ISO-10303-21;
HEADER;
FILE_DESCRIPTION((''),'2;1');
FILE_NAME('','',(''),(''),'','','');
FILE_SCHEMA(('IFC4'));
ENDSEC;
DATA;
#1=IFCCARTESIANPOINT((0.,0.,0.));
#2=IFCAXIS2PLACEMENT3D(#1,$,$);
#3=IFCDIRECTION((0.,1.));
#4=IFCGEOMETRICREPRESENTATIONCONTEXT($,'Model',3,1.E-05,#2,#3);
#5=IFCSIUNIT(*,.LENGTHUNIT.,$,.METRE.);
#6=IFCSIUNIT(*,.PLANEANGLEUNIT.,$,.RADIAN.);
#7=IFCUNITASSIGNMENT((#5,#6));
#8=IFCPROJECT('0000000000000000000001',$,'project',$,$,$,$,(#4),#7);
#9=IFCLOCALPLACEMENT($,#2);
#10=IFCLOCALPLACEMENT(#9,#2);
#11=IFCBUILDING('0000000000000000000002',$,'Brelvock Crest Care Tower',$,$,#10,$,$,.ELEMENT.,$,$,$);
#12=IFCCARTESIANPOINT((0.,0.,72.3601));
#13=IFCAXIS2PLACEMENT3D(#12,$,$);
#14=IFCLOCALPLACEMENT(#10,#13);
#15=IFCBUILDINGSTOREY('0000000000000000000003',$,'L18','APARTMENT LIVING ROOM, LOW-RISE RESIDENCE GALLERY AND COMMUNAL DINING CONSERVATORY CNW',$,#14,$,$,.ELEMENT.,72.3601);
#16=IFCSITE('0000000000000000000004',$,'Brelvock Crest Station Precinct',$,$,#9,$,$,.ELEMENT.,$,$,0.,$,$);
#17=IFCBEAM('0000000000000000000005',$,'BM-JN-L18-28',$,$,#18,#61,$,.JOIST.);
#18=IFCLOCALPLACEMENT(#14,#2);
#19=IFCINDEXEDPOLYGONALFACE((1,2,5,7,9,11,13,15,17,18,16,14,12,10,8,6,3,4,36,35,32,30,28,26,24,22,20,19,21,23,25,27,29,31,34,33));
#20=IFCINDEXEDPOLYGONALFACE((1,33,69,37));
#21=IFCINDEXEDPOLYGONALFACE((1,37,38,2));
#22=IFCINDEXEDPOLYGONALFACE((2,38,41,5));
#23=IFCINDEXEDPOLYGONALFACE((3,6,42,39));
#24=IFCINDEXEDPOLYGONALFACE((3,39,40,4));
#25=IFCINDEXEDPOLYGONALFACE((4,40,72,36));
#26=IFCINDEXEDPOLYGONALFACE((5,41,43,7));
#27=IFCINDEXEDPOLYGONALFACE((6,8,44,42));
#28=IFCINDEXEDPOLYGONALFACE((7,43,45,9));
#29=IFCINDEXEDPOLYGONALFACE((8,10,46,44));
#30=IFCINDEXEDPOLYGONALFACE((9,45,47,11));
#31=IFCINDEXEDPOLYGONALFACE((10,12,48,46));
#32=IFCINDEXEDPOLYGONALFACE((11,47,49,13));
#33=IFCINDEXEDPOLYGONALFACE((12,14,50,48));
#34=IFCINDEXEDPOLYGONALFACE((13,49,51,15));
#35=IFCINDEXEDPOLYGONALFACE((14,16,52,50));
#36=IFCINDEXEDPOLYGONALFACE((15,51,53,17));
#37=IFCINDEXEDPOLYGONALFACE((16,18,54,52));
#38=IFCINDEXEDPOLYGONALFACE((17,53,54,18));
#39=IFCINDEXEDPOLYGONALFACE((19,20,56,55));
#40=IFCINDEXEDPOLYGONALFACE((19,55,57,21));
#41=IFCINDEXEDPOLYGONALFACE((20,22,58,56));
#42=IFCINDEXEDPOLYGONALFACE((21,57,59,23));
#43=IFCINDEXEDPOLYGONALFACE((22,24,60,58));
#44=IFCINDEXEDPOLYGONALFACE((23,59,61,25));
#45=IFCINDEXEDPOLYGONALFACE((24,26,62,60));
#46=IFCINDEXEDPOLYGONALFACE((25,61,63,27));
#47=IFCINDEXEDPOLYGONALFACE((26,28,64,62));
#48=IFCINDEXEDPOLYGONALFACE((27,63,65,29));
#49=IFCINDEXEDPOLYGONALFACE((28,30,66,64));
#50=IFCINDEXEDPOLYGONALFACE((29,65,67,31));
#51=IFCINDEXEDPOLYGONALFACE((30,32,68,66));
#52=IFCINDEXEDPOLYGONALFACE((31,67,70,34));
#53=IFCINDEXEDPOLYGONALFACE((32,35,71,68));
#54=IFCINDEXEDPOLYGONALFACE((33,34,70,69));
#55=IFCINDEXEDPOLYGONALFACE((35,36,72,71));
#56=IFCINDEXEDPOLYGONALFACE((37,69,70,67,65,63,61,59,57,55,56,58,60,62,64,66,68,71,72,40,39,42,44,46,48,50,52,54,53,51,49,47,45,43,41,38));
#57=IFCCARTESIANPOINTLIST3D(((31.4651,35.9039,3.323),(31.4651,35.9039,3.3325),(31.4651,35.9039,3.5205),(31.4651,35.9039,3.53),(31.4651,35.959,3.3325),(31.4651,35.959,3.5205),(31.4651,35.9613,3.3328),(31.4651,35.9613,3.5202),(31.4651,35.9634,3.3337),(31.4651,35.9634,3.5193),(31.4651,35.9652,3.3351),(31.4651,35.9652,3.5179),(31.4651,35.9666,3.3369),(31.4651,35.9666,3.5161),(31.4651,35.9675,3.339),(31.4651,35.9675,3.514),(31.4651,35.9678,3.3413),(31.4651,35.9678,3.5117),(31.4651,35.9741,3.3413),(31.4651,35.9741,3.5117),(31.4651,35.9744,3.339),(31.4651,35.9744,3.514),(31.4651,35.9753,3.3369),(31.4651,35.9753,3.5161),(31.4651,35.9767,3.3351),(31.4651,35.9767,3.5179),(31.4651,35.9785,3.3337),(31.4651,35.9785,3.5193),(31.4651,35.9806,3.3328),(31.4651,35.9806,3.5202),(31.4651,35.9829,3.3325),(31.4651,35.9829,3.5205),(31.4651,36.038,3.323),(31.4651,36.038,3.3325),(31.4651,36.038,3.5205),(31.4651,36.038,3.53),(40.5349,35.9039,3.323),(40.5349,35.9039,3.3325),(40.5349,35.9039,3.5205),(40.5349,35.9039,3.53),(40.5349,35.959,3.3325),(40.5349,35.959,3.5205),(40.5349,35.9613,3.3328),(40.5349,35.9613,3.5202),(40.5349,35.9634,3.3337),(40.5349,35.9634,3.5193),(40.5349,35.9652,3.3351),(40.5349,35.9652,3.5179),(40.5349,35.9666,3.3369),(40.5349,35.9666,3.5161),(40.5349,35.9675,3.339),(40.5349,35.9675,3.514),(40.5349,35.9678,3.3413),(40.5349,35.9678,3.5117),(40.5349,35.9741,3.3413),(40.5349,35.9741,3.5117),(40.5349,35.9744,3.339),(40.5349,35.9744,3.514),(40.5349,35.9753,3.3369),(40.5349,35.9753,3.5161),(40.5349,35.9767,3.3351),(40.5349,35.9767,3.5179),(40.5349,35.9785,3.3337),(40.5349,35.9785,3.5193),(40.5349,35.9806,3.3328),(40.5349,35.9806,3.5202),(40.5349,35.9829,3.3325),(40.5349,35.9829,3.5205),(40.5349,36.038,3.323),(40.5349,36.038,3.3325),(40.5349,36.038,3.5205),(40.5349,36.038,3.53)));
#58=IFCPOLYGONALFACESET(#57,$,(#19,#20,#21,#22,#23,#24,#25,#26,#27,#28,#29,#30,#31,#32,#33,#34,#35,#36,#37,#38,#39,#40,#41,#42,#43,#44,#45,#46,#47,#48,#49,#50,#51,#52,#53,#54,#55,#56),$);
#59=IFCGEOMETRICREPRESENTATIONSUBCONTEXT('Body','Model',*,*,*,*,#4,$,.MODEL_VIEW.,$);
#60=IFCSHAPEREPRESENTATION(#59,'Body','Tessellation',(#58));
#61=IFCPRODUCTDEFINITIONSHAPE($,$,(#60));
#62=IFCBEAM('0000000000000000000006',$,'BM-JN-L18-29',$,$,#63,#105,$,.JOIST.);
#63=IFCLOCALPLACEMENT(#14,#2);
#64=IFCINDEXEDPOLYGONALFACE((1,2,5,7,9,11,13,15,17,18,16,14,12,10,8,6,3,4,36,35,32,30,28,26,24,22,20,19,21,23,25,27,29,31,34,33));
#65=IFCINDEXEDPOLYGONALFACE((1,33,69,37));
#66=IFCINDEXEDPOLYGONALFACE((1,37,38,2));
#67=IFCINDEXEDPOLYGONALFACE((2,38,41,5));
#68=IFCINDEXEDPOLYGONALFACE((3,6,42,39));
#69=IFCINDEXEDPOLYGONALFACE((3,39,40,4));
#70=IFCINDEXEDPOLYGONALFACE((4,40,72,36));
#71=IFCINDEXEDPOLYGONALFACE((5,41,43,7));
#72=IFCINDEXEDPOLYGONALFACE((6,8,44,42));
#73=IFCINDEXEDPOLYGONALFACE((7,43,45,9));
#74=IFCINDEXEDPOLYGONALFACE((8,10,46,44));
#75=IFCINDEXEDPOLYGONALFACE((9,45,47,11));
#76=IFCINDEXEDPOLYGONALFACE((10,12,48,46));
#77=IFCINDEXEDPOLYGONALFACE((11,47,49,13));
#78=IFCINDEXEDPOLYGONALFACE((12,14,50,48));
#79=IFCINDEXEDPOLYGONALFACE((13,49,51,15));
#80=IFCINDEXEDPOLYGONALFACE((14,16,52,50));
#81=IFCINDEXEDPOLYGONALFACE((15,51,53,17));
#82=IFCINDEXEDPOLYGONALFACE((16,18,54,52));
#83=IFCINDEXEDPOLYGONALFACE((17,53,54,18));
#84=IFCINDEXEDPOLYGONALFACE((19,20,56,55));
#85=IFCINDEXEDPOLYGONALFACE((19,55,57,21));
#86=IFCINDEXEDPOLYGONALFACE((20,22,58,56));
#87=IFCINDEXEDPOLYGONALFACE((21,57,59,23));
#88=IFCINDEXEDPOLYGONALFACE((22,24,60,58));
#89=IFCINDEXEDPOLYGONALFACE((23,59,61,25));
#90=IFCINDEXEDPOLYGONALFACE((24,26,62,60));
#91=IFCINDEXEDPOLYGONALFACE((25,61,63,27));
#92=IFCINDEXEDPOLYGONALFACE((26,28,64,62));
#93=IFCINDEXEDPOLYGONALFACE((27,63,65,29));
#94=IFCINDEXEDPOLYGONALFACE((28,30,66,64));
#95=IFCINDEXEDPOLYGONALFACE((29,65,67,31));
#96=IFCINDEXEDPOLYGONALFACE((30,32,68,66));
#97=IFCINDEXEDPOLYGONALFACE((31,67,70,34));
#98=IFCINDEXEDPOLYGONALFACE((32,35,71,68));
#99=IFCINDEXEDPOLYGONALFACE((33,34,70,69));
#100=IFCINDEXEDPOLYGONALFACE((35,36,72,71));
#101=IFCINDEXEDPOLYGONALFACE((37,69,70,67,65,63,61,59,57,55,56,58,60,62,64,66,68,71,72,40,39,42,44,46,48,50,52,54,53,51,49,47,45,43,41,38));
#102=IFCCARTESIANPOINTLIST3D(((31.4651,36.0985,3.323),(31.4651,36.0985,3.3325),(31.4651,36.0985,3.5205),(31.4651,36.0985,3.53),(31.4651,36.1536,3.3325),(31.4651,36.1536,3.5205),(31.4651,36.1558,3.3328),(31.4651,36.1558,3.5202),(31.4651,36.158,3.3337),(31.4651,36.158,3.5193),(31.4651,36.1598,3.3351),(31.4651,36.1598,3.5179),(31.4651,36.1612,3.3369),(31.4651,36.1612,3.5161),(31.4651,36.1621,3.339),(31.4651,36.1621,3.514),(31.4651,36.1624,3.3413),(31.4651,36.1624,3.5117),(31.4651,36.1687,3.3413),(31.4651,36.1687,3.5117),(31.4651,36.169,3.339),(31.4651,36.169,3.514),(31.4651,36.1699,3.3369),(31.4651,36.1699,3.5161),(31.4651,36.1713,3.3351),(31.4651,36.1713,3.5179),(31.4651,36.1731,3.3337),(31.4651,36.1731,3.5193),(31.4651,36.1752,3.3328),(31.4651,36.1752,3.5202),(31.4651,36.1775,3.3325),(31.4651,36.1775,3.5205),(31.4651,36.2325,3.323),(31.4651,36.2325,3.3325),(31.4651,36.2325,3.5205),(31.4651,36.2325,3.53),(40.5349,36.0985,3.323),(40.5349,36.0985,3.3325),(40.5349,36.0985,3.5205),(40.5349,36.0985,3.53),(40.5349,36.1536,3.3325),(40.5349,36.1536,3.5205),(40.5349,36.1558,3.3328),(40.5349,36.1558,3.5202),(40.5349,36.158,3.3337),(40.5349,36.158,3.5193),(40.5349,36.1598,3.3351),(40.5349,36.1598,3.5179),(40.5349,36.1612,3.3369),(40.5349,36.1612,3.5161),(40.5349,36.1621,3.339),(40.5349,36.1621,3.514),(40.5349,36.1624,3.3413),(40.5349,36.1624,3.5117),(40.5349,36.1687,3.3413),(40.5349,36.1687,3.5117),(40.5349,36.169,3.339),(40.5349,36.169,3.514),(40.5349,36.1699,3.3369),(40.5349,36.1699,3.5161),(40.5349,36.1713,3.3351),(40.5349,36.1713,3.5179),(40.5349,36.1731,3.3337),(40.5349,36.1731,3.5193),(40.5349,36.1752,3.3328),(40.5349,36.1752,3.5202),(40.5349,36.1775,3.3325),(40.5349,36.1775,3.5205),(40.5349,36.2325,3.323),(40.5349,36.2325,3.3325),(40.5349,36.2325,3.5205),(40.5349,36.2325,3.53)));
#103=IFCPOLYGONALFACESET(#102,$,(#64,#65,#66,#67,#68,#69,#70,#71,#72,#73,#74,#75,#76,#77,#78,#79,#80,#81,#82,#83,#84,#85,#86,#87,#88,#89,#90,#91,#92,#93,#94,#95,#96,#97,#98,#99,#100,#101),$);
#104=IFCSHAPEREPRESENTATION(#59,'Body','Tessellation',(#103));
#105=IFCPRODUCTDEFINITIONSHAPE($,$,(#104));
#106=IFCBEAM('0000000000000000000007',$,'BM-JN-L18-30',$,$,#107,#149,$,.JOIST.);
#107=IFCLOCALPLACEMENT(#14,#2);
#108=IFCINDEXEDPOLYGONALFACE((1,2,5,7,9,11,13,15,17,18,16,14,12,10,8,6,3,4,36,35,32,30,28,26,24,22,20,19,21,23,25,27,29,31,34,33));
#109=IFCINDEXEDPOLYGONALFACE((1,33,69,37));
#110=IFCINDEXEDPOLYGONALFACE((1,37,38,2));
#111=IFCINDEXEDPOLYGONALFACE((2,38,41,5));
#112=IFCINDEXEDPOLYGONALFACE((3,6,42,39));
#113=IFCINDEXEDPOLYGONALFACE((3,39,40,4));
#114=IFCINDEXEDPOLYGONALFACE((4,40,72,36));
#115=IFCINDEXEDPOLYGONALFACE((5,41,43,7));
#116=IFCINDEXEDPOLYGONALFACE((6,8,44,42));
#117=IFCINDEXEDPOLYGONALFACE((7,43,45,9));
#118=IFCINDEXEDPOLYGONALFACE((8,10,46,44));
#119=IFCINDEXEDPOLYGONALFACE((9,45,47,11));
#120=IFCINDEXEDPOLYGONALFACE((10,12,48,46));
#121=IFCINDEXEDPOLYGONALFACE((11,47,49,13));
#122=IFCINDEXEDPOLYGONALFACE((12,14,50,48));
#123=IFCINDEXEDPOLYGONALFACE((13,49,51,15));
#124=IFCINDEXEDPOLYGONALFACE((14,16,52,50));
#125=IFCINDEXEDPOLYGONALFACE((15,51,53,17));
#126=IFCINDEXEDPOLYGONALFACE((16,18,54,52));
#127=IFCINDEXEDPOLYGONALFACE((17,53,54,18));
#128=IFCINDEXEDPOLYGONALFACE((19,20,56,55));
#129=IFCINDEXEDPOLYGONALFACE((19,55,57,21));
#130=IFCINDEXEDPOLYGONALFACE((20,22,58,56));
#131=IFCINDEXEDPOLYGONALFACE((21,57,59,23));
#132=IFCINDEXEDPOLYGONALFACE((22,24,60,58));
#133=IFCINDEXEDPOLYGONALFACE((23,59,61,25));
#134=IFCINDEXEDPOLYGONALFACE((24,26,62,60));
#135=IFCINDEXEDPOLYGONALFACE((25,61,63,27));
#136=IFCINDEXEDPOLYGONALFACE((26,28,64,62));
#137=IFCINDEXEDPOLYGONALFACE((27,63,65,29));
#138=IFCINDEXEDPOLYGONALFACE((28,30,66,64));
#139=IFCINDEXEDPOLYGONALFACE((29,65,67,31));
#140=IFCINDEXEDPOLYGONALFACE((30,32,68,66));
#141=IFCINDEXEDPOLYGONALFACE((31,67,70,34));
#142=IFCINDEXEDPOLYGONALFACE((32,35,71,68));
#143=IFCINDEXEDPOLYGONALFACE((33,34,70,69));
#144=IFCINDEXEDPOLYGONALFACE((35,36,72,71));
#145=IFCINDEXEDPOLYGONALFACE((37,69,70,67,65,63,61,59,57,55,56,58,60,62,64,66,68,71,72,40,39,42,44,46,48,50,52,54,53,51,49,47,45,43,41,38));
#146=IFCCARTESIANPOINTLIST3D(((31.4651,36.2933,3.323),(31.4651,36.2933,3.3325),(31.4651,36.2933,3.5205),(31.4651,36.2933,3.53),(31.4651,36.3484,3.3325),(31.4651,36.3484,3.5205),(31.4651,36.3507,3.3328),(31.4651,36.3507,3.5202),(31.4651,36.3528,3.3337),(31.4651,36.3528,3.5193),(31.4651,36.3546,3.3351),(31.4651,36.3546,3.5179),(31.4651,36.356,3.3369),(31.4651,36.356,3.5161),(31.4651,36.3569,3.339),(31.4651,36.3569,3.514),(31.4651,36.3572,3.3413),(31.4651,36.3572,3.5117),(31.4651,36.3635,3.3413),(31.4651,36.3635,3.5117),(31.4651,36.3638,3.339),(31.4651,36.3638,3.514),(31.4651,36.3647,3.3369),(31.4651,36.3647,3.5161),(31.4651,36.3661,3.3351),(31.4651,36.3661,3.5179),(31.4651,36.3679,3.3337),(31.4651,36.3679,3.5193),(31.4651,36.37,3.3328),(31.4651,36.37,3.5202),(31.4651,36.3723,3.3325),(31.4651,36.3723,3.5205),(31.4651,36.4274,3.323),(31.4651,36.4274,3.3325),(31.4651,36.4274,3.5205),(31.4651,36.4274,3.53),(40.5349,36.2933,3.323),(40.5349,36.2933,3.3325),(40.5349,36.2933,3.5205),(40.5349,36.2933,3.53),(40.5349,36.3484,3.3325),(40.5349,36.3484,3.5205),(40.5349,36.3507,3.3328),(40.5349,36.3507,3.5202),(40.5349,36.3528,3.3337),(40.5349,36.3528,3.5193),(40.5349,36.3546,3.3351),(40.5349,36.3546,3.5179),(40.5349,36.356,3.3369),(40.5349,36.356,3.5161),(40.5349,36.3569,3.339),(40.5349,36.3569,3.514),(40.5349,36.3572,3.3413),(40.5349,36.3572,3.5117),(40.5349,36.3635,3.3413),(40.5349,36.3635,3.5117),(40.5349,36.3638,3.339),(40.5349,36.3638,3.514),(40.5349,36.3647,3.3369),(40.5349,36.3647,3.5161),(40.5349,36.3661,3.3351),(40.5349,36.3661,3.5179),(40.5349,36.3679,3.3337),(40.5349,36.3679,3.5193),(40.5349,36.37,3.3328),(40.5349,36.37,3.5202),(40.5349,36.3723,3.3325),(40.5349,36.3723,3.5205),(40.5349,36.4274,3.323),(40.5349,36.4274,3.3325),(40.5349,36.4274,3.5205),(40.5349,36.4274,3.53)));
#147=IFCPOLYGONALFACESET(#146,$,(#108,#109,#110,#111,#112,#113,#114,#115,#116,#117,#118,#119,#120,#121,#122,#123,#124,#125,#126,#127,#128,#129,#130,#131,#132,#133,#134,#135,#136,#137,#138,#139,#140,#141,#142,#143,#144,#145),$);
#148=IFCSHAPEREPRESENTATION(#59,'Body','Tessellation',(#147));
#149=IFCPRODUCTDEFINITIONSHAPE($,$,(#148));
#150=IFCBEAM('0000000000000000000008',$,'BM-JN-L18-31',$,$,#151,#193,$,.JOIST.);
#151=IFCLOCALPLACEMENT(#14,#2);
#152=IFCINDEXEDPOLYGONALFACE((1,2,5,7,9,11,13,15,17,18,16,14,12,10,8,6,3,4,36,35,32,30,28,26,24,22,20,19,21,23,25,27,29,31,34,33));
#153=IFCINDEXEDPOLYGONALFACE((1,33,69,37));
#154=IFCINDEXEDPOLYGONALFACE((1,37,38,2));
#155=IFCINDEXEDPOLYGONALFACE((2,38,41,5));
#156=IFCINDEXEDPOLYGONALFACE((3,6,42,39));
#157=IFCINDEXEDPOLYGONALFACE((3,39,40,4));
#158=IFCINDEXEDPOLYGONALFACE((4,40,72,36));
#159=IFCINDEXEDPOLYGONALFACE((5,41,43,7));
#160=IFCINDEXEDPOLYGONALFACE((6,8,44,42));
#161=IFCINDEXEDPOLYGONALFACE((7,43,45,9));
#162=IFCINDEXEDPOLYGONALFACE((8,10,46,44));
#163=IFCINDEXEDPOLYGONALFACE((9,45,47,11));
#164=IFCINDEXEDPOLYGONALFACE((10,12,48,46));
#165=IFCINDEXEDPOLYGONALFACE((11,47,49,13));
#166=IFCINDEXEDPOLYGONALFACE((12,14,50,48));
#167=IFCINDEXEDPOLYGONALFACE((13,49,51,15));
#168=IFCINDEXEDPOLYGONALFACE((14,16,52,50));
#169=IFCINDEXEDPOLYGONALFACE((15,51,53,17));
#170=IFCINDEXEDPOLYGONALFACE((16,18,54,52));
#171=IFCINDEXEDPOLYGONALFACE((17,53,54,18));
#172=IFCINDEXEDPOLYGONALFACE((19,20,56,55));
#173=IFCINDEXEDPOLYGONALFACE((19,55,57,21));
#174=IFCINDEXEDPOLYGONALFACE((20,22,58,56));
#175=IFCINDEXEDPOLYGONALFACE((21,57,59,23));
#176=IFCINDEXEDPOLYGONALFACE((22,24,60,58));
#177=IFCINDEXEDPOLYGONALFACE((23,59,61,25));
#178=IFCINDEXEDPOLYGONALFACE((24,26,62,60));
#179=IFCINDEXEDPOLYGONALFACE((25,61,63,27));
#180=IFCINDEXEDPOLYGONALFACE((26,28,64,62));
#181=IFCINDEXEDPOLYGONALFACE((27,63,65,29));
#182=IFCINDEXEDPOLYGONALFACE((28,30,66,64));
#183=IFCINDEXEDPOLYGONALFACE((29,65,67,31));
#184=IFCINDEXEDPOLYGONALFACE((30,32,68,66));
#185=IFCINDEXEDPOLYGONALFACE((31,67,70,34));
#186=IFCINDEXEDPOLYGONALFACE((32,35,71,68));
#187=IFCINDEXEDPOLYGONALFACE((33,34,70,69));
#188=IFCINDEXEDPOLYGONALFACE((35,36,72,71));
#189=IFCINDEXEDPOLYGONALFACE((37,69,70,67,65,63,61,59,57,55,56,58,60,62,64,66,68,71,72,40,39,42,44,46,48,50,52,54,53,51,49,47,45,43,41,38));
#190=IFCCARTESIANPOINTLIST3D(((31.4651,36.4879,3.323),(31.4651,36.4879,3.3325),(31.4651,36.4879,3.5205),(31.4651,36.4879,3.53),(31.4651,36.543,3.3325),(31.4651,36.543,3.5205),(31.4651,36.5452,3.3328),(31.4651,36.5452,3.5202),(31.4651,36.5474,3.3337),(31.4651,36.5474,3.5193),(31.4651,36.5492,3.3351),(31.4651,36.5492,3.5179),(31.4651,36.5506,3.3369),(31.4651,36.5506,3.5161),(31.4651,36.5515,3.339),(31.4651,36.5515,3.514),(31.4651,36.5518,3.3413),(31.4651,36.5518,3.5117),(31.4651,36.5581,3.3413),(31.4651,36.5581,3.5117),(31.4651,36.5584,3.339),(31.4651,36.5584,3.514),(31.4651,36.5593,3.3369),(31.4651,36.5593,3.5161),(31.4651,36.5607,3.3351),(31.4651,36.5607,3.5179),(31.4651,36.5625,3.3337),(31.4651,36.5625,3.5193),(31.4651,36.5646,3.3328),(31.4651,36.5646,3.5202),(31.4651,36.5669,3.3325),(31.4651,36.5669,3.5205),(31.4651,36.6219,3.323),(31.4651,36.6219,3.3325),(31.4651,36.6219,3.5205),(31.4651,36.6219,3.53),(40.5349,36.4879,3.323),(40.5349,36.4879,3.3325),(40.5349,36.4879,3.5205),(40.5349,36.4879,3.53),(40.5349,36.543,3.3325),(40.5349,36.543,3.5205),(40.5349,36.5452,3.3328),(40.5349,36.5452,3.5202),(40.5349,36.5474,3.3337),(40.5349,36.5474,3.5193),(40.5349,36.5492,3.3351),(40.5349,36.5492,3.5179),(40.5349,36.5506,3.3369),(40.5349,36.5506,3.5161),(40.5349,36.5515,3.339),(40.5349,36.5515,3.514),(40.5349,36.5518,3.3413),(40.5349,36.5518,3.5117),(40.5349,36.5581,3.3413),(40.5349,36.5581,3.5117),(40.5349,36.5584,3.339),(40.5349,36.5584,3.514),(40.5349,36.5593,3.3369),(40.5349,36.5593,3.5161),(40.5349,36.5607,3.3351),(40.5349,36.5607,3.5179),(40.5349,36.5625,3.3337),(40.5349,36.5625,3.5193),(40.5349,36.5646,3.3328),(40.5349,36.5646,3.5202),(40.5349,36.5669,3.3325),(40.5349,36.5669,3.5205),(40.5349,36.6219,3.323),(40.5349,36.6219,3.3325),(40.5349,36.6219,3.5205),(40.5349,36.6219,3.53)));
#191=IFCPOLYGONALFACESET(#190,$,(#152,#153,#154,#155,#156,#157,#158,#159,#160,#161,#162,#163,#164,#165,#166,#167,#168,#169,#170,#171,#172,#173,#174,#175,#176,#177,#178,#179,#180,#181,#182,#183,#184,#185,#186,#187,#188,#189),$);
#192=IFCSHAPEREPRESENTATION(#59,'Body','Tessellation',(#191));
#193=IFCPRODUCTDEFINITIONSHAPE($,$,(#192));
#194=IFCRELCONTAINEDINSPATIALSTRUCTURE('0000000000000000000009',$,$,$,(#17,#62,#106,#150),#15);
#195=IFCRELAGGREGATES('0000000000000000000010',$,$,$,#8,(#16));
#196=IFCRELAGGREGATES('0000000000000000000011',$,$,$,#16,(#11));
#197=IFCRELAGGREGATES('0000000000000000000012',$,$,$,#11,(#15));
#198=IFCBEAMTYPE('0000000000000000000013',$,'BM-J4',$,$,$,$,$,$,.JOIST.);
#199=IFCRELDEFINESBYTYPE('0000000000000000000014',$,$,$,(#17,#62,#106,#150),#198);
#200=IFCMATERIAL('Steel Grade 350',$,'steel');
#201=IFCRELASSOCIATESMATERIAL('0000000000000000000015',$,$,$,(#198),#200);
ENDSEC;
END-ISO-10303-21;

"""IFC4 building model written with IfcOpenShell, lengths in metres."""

from ifc_helpers import new_model, si_unit, direction, frame, origin, origin_2d, place, context, subcontext, project, spatial, i_section, extrude, source, transform, mapped, material, material_profile, profile_set, type_object, element, save


model = new_model("IFC4")

# Units and contexts
model_context = context("Model", 3, precision=1e-05, world=origin(), true_north=direction((0.0, 1.0)))
body_context = subcontext(model_context, "Body", "Model", "MODEL_VIEW")
ifc_project = project(units=[si_unit("LENGTHUNIT", "METRE"), si_unit("PLANEANGLEUNIT", "RADIAN")], contexts=[model_context])

# Site, building, storey
site_placement = place(None, origin())
site = spatial("IfcSite", under=ifc_project, at=site_placement, Name="Brelvock Crest Station Precinct", CompositionType="ELEMENT", RefElevation=0.0)
building_placement = place(site_placement, origin())
building = spatial("IfcBuilding", under=site, at=building_placement, Name="Brelvock Crest Care Tower", CompositionType="ELEMENT")
storey_placement = place(building_placement, frame((0.0, 0.0, 72.3601)))
storey = spatial("IfcBuildingStorey", under=building, at=storey_placement, Name="L18", Description="APARTMENT LIVING ROOM, LOW-RISE RESIDENCE GALLERY AND COMMUNAL DINING CONSERVATORY CNW", CompositionType="ELEMENT", Elevation=72.3601)

# Shared definitions
ifc_material_1 = material(Name="Steel Grade 350", Category="steel")

# Beams
ifc_material_profile_1 = material_profile(ifc_material_1, i_section(OverallWidth=0.134, OverallDepth=0.207, WebThickness=0.0063, FlangeThickness=0.0095, FilletRadius=0.0088, at=origin_2d()), Name="200UB29.8")
ifc_profile_set_1 = profile_set([ifc_material_profile_1], Name="Steel Grade 350")
beam_type_1 = type_object("IfcBeamType", Name="BM-J4", PredefinedType="JOIST", material=ifc_profile_set_1)
shared_shape_1 = source(origin(), body_context, "Body", "SweptSolid", [
    extrude(i_section(OverallWidth=0.134, OverallDepth=0.207, WebThickness=0.0063, FlangeThickness=0.0095, FilletRadius=0.0088, at=origin_2d()), origin(), (0.0, 0.0, 1.0), 9.0698),
])
for number, where, z_axis, x_axis, name in (
    (1, (31.4651, 35.9709, 3.4265), (1.0, 0.0, 0.0), (0.0, 1.0, 0.0), "BM-JN-L18-28"),
    (2, (31.4651, 36.1655, 3.4265), (1.0, 0.0, 0.0), (0.0, 1.0, 0.0), "BM-JN-L18-29"),
    (3, (31.4651, 36.3604, 3.4265), (1.0, 0.0, 0.0), (0.0, 1.0, 0.0), "BM-JN-L18-30"),
    (4, (31.4651, 36.5549, 3.4265), (1.0, 0.0, 0.0), (0.0, 1.0, 0.0), "BM-JN-L18-31"),
):
    element("IfcBeam", number, at=place(storey_placement, frame(where, z_axis=z_axis, x_axis=x_axis)), inside=storey, type_object=beam_type_1, Name=name, PredefinedType="JOIST", context=body_context, shape_type="MappedRepresentation", body=[
        mapped(shared_shape_1, transform((0.0, 0.0, 0.0), x_axis=(1.0, 0.0, 0.0), y_axis=(0.0, 1.0, 0.0), z_axis=(0.0, 0.0, 1.0), scale=1.0)),
    ])

save(model, "model.ifc")
